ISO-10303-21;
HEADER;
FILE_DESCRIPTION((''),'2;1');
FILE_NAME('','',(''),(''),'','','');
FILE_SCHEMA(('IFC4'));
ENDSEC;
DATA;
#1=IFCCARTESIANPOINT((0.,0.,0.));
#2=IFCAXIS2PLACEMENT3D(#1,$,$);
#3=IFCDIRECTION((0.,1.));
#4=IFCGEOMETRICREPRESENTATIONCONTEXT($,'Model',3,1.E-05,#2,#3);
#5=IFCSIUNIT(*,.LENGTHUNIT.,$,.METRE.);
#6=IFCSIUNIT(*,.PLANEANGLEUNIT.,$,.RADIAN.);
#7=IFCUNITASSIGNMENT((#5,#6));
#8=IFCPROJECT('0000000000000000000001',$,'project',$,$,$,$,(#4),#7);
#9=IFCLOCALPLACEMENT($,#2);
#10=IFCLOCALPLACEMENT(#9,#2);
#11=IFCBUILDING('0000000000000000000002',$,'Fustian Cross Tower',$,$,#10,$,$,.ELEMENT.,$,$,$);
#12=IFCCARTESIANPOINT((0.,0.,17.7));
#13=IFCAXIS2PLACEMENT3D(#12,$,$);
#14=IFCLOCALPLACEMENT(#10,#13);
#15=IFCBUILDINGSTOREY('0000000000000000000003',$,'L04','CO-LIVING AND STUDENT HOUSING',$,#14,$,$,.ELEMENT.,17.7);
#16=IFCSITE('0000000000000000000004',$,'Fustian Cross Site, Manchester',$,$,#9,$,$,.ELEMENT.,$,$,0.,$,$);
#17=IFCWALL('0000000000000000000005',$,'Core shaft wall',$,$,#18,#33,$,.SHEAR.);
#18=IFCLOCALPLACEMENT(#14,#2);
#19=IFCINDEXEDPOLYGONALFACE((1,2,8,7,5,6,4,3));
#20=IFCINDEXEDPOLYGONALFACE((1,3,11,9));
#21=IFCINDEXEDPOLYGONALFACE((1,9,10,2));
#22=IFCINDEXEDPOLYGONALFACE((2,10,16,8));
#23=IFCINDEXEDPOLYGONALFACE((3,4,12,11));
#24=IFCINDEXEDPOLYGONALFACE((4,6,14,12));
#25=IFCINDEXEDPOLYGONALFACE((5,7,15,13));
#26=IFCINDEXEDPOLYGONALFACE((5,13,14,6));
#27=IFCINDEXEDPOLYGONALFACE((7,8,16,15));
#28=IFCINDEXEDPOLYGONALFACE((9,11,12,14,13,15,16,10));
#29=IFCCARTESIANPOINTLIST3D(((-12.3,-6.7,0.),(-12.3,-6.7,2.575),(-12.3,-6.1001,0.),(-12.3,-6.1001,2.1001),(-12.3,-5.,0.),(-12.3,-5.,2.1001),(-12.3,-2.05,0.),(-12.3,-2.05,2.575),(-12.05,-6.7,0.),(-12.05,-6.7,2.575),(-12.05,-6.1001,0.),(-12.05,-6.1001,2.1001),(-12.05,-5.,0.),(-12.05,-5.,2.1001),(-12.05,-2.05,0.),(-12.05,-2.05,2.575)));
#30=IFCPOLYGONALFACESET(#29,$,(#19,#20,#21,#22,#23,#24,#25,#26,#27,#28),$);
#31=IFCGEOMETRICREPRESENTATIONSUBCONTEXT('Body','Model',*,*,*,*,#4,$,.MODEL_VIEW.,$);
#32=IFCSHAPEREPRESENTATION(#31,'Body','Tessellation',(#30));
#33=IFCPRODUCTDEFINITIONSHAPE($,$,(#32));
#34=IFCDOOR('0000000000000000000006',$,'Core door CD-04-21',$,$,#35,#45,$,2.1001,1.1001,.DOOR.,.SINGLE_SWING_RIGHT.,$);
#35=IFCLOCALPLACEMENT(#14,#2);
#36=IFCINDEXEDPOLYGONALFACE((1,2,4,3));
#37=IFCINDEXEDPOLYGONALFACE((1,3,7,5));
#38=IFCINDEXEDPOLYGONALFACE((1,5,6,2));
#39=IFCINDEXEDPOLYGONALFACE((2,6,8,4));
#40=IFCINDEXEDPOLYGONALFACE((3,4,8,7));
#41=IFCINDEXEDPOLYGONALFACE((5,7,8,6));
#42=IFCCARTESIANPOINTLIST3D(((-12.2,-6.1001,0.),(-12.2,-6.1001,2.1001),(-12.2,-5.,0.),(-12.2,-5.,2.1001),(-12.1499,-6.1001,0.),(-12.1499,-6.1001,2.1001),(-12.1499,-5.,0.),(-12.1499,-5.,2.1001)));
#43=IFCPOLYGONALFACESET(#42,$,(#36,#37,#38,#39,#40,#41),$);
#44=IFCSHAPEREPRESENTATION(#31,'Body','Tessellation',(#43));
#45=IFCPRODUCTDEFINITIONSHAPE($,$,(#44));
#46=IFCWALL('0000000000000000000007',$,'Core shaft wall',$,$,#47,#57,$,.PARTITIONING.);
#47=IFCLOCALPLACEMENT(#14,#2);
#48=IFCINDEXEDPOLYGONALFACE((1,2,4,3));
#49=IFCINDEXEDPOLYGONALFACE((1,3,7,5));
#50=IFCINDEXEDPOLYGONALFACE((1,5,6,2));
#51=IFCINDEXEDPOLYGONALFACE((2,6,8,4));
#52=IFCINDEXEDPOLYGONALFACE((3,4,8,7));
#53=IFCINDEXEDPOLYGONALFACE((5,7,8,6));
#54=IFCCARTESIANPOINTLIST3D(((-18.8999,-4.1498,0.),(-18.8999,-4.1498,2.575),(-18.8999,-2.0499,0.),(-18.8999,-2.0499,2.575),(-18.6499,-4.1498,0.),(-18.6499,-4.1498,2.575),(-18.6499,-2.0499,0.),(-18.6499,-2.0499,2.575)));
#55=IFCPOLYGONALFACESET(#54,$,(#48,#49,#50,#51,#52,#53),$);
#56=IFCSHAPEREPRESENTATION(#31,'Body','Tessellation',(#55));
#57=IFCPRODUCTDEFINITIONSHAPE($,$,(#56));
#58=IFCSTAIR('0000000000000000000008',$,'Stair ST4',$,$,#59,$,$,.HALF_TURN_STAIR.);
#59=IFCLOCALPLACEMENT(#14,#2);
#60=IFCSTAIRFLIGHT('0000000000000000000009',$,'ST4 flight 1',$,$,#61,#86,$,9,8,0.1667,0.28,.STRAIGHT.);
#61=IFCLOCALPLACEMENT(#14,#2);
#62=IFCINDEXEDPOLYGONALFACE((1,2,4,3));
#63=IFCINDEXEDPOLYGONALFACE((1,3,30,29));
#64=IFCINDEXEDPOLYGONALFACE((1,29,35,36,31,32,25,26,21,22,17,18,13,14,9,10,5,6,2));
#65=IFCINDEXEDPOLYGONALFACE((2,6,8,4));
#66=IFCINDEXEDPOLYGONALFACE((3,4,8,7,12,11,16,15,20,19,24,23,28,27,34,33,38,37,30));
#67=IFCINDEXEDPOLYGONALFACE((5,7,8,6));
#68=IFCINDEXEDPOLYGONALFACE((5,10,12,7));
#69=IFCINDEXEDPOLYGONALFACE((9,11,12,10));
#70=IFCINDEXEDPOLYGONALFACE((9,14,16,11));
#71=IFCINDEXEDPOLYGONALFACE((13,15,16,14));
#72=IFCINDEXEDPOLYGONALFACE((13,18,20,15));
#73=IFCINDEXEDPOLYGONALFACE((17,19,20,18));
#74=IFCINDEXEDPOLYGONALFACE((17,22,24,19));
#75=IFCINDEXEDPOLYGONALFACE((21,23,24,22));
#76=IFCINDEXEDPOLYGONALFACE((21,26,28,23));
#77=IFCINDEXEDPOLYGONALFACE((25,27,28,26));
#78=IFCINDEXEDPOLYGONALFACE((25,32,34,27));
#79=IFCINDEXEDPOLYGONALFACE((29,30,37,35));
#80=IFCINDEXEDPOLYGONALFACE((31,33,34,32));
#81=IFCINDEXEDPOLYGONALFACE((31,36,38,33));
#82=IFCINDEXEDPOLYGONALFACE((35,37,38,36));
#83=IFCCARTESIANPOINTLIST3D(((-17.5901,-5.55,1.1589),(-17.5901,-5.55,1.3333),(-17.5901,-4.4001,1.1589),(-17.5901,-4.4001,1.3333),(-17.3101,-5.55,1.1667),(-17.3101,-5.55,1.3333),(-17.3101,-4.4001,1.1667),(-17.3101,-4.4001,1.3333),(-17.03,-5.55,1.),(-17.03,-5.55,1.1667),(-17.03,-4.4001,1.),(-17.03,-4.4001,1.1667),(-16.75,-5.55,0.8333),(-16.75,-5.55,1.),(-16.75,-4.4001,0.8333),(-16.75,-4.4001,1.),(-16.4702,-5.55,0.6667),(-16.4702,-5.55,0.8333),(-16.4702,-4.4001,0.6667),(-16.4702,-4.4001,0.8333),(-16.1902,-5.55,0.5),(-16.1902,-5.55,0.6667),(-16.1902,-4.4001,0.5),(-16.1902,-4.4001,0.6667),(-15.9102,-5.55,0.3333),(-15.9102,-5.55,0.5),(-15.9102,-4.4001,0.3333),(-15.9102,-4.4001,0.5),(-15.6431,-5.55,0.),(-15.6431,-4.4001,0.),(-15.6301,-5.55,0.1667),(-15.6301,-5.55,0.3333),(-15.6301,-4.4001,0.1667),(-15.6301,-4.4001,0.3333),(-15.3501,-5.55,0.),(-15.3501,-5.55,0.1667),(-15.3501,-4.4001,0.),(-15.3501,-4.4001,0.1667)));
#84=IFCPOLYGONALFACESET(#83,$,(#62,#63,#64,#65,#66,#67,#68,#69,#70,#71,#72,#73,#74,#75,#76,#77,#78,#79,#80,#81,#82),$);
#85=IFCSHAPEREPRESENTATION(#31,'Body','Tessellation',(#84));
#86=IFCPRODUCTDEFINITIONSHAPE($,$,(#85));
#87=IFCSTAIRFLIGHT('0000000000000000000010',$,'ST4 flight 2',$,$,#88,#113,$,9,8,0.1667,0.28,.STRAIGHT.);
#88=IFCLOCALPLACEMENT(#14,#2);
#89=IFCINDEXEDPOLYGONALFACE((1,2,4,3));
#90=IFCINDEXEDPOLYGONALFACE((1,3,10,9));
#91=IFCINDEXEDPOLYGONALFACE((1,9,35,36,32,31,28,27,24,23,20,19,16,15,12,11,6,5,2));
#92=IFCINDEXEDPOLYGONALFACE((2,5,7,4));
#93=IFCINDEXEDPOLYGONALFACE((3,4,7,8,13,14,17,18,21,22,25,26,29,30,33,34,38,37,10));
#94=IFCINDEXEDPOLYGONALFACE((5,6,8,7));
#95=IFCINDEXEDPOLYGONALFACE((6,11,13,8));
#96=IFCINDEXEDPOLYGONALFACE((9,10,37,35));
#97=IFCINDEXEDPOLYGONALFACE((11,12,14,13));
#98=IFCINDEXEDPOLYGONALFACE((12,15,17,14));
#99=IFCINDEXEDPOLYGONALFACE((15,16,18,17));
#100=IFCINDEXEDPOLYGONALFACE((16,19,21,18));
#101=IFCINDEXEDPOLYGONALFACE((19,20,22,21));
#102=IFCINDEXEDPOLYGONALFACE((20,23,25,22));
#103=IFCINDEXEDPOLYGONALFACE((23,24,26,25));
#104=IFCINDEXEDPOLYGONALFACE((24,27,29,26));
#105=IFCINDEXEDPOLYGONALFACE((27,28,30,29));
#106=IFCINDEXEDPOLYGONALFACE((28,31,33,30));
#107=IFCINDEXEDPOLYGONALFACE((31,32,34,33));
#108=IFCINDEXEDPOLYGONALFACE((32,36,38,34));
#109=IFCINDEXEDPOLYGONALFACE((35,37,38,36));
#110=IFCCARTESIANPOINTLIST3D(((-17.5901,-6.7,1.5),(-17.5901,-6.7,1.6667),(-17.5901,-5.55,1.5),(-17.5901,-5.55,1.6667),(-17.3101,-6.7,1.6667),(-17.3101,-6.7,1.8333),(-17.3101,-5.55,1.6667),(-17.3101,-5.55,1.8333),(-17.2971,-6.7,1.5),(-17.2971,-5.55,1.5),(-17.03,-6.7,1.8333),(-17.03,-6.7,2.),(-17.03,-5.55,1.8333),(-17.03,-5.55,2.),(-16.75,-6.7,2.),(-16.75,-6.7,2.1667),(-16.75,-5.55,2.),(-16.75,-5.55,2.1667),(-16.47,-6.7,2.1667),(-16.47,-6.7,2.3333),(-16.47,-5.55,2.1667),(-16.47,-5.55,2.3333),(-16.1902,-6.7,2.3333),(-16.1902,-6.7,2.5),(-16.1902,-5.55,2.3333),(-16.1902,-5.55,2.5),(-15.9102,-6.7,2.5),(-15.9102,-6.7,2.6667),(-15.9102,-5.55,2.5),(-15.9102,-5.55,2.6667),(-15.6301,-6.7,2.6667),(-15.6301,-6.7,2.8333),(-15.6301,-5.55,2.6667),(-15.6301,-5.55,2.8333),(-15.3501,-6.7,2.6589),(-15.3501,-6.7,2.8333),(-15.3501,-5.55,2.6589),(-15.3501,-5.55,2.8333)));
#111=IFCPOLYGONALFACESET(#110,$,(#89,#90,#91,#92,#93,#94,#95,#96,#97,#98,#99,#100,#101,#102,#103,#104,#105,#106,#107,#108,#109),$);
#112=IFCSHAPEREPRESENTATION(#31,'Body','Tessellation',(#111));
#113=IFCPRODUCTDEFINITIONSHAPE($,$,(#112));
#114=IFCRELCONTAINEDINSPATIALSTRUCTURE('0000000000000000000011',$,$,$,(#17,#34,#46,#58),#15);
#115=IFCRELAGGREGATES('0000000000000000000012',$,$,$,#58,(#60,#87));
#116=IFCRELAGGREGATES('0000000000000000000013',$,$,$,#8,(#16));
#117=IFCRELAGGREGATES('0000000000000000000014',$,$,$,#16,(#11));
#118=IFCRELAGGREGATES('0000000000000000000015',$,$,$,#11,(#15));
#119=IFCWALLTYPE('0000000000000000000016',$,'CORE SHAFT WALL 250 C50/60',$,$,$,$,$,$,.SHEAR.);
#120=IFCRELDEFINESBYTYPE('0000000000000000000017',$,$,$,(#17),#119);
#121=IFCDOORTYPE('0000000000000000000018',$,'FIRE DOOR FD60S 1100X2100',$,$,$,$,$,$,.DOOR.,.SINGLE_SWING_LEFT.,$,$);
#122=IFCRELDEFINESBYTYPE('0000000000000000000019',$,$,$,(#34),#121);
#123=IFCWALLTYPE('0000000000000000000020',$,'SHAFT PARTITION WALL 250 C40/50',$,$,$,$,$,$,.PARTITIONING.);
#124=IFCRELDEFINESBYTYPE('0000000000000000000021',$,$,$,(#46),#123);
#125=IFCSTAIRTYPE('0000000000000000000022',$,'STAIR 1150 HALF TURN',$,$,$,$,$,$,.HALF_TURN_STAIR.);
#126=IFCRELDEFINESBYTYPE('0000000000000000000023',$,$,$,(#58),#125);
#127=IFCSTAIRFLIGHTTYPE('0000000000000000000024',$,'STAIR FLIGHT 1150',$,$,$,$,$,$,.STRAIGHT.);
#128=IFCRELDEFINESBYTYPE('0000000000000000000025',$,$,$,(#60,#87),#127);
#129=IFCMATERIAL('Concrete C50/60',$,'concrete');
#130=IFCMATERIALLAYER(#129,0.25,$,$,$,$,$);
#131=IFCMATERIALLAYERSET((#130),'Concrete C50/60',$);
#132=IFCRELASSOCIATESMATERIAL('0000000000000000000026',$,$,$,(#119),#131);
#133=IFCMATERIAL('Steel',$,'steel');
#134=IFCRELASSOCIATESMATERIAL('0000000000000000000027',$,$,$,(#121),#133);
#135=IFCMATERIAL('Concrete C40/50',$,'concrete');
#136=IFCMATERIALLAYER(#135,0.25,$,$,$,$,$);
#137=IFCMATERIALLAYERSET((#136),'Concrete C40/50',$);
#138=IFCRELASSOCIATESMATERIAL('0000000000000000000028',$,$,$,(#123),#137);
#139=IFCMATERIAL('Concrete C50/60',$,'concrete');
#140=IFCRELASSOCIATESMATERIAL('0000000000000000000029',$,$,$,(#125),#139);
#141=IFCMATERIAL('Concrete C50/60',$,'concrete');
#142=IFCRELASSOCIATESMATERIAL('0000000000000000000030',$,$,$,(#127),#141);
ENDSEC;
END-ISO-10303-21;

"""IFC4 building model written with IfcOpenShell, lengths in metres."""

from ifc_helpers import new_model, si_unit, direction, frame, frame_2d, origin, place, context, subcontext, project, spatial, polyline, rectangle, outline, extrude, material, layer, layer_set, type_object, element, fill, aggregate, save


model = new_model("IFC4")

# Units and contexts
model_context = context("Model", 3, precision=1e-05, world=origin(), true_north=direction((0.0, 1.0)))
body_context = subcontext(model_context, "Body", "Model", "MODEL_VIEW")
ifc_project = project(units=[si_unit("LENGTHUNIT", "METRE"), si_unit("PLANEANGLEUNIT", "RADIAN")], contexts=[model_context])

# Site, building, storey
site_placement = place(None, origin())
site = spatial("IfcSite", under=ifc_project, at=site_placement, Name="Fustian Cross Site, Manchester", CompositionType="ELEMENT", RefElevation=0.0)
building_placement = place(site_placement, origin())
building = spatial("IfcBuilding", under=site, at=building_placement, Name="Fustian Cross Tower", CompositionType="ELEMENT")
storey_placement = place(building_placement, frame((0.0, 0.0, 17.7)))
storey = spatial("IfcBuildingStorey", under=building, at=storey_placement, Name="L04", Description="CO-LIVING AND STUDENT HOUSING", CompositionType="ELEMENT", Elevation=17.7)

# Shared definitions
ifc_material_1 = material(Name="Concrete C50/60", Category="concrete")
ifc_layer_1 = layer(ifc_material_1, 0.25)
ifc_layer_set_1 = layer_set([ifc_layer_1], Name="Concrete C50/60")
wall_type_1 = type_object("IfcWallType", Name="CORE SHAFT WALL 250 C50/60", PredefinedType="SHEAR", material=ifc_layer_set_1)

# Wall, opening, door
wall_1_placement = place(storey_placement, frame((-12.175, -2.05, 0.0), z_axis=(0.0, 0.0, 1.0), x_axis=(0.0, -1.0, 0.0)))
wall_1 = element("IfcWall", 1, at=wall_1_placement, inside=storey, type_object=wall_type_1, Name="Core shaft wall", PredefinedType="SHEAR", context=body_context, shape_type="SweptSolid", body=[
    extrude(rectangle(XDim=4.6499, YDim=0.25, at=frame_2d((2.325, 0.0))), origin(), (0.0, 0.0, 1.0), 2.575),
])
opening_1_placement = place(wall_1_placement, frame((2.95, 0.0, 0.0)))
opening_1 = element("IfcOpeningElement", 2, at=opening_1_placement, cuts=wall_1, PredefinedType="OPENING", context=body_context, shape_type="SweptSolid", body=[
    extrude(rectangle(XDim=1.1001, YDim=2.1001, at=frame_2d((0.55, 1.05))), frame((0.0, 0.135, 0.0), z_axis=(0.0, -1.0, 0.0), x_axis=(1.0, 0.0, 0.0)), (0.0, 0.0, 1.0), 0.27),
])
ifc_material_2 = material(Name="Steel", Category="steel")
door_type_1 = type_object("IfcDoorType", Name="FIRE DOOR FD60S 1100X2100", OperationType="SINGLE_SWING_LEFT", PredefinedType="DOOR", material=ifc_material_2)
door_1_placement = place(opening_1_placement, frame((1.1001, 0.0, 0.0), z_axis=(0.0, 0.0, 1.0), x_axis=(-1.0, 0.0, 0.0)))
door_1 = element("IfcDoor", 3, at=door_1_placement, inside=storey, type_object=door_type_1, Name="Core door CD-04-21", OperationType="SINGLE_SWING_RIGHT", OverallHeight=2.1001, OverallWidth=1.1001, PredefinedType="DOOR", context=body_context, shape_type="SweptSolid", body=[
    extrude(rectangle(XDim=1.1001, YDim=2.1001, at=frame_2d((0.55, 1.05))), frame((0.0, 0.0249, 0.0), z_axis=(0.0, -1.0, 0.0), x_axis=(1.0, 0.0, 0.0)), (0.0, 0.0, 1.0), 0.05),
])
fill(opening_1, door_1)

# Wall
ifc_material_3 = material(Name="Concrete C40/50", Category="concrete")
ifc_layer_2 = layer(ifc_material_3, 0.25)
ifc_layer_set_2 = layer_set([ifc_layer_2], Name="Concrete C40/50")
wall_type_2 = type_object("IfcWallType", Name="SHAFT PARTITION WALL 250 C40/50", PredefinedType="PARTITIONING", material=ifc_layer_set_2)
wall_2_placement = place(storey_placement, frame((-18.7749, -2.05, 0.0), z_axis=(0.0, 0.0, 1.0), x_axis=(0.0, -1.0, 0.0)))
element("IfcWall", 4, at=wall_2_placement, inside=storey, type_object=wall_type_2, Name="Core shaft wall", PredefinedType="PARTITIONING", context=body_context, shape_type="SweptSolid", body=[
    extrude(rectangle(XDim=2.0999, YDim=0.25, at=frame_2d((1.0498, 0.0))), origin(), (0.0, 0.0, 1.0), 2.575),
])

# Stair, stair flights
ifc_material_4 = material(Name="Concrete C50/60", Category="concrete")
stair_type = type_object("IfcStairType", Name="STAIR 1150 HALF TURN", PredefinedType="HALF_TURN_STAIR", material=ifc_material_4)
stair_placement = place(storey_placement, origin())
stair = element("IfcStair", 5, at=stair_placement, inside=storey, type_object=stair_type, Name="Stair ST4", PredefinedType="HALF_TURN_STAIR")
ifc_material_5 = material(Name="Concrete C50/60", Category="concrete")
stair_flight_type = type_object("IfcStairFlightType", Name="STAIR FLIGHT 1150", PredefinedType="STRAIGHT", material=ifc_material_5)
stair_flight_1_placement = place(storey_placement, frame((-15.3501, -4.9751, 0.0), z_axis=(0.0, 0.0, 1.0), x_axis=(-1.0, 0.0, 0.0)))
stair_flight_1 = element("IfcStairFlight", 6, at=stair_flight_1_placement, type_object=stair_flight_type, Name="ST4 flight 1", NumberOfRisers=9, NumberOfTreads=8, PredefinedType="STRAIGHT", RiserHeight=0.1667, TreadLength=0.28, context=body_context, shape_type="SweptSolid", body=[
    extrude(outline(polyline([(0.0, 0.0), (0.0, 0.1667), (0.28, 0.1667), (0.28, 0.3333), (0.5601, 0.3333), (0.5601, 0.5), (0.8401, 0.5), (0.8401, 0.6667), (1.1201, 0.6667), (1.1201, 0.8333), (1.3999, 0.8333), (1.3999, 1.0), (1.6799, 1.0), (1.6799, 1.1667), (1.96, 1.1667), (1.96, 1.3333), (2.24, 1.3333), (2.24, 1.5), (2.24, 1.1589), (0.293, 0.0), (0.0, 0.0)])), frame((0.0, 0.575, 0.0), z_axis=(0.0, -1.0, 0.0), x_axis=(1.0, 0.0, 0.0)), (0.0, 0.0, 1.0), 1.1499),
])
stair_flight_2_placement = place(storey_placement, frame((-17.5901, -6.125, 1.5), z_axis=(0.0, 0.0, 1.0), x_axis=(1.0, 0.0, 0.0)))
stair_flight_2 = element("IfcStairFlight", 7, at=stair_flight_2_placement, type_object=stair_flight_type, Name="ST4 flight 2", NumberOfRisers=9, NumberOfTreads=8, PredefinedType="STRAIGHT", RiserHeight=0.1667, TreadLength=0.28, context=body_context, shape_type="SweptSolid", body=[
    extrude(outline(polyline([(0.0, 0.0), (0.0, 0.1667), (0.28, 0.1667), (0.28, 0.3333), (0.5601, 0.3333), (0.5601, 0.5), (0.8401, 0.5), (0.8401, 0.6667), (1.1201, 0.6667), (1.1201, 0.8333), (1.3999, 0.8333), (1.3999, 1.0), (1.6799, 1.0), (1.6799, 1.1667), (1.96, 1.1667), (1.96, 1.3333), (2.24, 1.3333), (2.24, 1.5), (2.24, 1.1589), (0.293, 0.0), (0.0, 0.0)])), frame((0.0, 0.575, 0.0), z_axis=(0.0, -1.0, 0.0), x_axis=(1.0, 0.0, 0.0)), (0.0, 0.0, 1.0), 1.1499),
])
aggregate(stair, [stair_flight_1, stair_flight_2])

save(model, "model.ifc")
